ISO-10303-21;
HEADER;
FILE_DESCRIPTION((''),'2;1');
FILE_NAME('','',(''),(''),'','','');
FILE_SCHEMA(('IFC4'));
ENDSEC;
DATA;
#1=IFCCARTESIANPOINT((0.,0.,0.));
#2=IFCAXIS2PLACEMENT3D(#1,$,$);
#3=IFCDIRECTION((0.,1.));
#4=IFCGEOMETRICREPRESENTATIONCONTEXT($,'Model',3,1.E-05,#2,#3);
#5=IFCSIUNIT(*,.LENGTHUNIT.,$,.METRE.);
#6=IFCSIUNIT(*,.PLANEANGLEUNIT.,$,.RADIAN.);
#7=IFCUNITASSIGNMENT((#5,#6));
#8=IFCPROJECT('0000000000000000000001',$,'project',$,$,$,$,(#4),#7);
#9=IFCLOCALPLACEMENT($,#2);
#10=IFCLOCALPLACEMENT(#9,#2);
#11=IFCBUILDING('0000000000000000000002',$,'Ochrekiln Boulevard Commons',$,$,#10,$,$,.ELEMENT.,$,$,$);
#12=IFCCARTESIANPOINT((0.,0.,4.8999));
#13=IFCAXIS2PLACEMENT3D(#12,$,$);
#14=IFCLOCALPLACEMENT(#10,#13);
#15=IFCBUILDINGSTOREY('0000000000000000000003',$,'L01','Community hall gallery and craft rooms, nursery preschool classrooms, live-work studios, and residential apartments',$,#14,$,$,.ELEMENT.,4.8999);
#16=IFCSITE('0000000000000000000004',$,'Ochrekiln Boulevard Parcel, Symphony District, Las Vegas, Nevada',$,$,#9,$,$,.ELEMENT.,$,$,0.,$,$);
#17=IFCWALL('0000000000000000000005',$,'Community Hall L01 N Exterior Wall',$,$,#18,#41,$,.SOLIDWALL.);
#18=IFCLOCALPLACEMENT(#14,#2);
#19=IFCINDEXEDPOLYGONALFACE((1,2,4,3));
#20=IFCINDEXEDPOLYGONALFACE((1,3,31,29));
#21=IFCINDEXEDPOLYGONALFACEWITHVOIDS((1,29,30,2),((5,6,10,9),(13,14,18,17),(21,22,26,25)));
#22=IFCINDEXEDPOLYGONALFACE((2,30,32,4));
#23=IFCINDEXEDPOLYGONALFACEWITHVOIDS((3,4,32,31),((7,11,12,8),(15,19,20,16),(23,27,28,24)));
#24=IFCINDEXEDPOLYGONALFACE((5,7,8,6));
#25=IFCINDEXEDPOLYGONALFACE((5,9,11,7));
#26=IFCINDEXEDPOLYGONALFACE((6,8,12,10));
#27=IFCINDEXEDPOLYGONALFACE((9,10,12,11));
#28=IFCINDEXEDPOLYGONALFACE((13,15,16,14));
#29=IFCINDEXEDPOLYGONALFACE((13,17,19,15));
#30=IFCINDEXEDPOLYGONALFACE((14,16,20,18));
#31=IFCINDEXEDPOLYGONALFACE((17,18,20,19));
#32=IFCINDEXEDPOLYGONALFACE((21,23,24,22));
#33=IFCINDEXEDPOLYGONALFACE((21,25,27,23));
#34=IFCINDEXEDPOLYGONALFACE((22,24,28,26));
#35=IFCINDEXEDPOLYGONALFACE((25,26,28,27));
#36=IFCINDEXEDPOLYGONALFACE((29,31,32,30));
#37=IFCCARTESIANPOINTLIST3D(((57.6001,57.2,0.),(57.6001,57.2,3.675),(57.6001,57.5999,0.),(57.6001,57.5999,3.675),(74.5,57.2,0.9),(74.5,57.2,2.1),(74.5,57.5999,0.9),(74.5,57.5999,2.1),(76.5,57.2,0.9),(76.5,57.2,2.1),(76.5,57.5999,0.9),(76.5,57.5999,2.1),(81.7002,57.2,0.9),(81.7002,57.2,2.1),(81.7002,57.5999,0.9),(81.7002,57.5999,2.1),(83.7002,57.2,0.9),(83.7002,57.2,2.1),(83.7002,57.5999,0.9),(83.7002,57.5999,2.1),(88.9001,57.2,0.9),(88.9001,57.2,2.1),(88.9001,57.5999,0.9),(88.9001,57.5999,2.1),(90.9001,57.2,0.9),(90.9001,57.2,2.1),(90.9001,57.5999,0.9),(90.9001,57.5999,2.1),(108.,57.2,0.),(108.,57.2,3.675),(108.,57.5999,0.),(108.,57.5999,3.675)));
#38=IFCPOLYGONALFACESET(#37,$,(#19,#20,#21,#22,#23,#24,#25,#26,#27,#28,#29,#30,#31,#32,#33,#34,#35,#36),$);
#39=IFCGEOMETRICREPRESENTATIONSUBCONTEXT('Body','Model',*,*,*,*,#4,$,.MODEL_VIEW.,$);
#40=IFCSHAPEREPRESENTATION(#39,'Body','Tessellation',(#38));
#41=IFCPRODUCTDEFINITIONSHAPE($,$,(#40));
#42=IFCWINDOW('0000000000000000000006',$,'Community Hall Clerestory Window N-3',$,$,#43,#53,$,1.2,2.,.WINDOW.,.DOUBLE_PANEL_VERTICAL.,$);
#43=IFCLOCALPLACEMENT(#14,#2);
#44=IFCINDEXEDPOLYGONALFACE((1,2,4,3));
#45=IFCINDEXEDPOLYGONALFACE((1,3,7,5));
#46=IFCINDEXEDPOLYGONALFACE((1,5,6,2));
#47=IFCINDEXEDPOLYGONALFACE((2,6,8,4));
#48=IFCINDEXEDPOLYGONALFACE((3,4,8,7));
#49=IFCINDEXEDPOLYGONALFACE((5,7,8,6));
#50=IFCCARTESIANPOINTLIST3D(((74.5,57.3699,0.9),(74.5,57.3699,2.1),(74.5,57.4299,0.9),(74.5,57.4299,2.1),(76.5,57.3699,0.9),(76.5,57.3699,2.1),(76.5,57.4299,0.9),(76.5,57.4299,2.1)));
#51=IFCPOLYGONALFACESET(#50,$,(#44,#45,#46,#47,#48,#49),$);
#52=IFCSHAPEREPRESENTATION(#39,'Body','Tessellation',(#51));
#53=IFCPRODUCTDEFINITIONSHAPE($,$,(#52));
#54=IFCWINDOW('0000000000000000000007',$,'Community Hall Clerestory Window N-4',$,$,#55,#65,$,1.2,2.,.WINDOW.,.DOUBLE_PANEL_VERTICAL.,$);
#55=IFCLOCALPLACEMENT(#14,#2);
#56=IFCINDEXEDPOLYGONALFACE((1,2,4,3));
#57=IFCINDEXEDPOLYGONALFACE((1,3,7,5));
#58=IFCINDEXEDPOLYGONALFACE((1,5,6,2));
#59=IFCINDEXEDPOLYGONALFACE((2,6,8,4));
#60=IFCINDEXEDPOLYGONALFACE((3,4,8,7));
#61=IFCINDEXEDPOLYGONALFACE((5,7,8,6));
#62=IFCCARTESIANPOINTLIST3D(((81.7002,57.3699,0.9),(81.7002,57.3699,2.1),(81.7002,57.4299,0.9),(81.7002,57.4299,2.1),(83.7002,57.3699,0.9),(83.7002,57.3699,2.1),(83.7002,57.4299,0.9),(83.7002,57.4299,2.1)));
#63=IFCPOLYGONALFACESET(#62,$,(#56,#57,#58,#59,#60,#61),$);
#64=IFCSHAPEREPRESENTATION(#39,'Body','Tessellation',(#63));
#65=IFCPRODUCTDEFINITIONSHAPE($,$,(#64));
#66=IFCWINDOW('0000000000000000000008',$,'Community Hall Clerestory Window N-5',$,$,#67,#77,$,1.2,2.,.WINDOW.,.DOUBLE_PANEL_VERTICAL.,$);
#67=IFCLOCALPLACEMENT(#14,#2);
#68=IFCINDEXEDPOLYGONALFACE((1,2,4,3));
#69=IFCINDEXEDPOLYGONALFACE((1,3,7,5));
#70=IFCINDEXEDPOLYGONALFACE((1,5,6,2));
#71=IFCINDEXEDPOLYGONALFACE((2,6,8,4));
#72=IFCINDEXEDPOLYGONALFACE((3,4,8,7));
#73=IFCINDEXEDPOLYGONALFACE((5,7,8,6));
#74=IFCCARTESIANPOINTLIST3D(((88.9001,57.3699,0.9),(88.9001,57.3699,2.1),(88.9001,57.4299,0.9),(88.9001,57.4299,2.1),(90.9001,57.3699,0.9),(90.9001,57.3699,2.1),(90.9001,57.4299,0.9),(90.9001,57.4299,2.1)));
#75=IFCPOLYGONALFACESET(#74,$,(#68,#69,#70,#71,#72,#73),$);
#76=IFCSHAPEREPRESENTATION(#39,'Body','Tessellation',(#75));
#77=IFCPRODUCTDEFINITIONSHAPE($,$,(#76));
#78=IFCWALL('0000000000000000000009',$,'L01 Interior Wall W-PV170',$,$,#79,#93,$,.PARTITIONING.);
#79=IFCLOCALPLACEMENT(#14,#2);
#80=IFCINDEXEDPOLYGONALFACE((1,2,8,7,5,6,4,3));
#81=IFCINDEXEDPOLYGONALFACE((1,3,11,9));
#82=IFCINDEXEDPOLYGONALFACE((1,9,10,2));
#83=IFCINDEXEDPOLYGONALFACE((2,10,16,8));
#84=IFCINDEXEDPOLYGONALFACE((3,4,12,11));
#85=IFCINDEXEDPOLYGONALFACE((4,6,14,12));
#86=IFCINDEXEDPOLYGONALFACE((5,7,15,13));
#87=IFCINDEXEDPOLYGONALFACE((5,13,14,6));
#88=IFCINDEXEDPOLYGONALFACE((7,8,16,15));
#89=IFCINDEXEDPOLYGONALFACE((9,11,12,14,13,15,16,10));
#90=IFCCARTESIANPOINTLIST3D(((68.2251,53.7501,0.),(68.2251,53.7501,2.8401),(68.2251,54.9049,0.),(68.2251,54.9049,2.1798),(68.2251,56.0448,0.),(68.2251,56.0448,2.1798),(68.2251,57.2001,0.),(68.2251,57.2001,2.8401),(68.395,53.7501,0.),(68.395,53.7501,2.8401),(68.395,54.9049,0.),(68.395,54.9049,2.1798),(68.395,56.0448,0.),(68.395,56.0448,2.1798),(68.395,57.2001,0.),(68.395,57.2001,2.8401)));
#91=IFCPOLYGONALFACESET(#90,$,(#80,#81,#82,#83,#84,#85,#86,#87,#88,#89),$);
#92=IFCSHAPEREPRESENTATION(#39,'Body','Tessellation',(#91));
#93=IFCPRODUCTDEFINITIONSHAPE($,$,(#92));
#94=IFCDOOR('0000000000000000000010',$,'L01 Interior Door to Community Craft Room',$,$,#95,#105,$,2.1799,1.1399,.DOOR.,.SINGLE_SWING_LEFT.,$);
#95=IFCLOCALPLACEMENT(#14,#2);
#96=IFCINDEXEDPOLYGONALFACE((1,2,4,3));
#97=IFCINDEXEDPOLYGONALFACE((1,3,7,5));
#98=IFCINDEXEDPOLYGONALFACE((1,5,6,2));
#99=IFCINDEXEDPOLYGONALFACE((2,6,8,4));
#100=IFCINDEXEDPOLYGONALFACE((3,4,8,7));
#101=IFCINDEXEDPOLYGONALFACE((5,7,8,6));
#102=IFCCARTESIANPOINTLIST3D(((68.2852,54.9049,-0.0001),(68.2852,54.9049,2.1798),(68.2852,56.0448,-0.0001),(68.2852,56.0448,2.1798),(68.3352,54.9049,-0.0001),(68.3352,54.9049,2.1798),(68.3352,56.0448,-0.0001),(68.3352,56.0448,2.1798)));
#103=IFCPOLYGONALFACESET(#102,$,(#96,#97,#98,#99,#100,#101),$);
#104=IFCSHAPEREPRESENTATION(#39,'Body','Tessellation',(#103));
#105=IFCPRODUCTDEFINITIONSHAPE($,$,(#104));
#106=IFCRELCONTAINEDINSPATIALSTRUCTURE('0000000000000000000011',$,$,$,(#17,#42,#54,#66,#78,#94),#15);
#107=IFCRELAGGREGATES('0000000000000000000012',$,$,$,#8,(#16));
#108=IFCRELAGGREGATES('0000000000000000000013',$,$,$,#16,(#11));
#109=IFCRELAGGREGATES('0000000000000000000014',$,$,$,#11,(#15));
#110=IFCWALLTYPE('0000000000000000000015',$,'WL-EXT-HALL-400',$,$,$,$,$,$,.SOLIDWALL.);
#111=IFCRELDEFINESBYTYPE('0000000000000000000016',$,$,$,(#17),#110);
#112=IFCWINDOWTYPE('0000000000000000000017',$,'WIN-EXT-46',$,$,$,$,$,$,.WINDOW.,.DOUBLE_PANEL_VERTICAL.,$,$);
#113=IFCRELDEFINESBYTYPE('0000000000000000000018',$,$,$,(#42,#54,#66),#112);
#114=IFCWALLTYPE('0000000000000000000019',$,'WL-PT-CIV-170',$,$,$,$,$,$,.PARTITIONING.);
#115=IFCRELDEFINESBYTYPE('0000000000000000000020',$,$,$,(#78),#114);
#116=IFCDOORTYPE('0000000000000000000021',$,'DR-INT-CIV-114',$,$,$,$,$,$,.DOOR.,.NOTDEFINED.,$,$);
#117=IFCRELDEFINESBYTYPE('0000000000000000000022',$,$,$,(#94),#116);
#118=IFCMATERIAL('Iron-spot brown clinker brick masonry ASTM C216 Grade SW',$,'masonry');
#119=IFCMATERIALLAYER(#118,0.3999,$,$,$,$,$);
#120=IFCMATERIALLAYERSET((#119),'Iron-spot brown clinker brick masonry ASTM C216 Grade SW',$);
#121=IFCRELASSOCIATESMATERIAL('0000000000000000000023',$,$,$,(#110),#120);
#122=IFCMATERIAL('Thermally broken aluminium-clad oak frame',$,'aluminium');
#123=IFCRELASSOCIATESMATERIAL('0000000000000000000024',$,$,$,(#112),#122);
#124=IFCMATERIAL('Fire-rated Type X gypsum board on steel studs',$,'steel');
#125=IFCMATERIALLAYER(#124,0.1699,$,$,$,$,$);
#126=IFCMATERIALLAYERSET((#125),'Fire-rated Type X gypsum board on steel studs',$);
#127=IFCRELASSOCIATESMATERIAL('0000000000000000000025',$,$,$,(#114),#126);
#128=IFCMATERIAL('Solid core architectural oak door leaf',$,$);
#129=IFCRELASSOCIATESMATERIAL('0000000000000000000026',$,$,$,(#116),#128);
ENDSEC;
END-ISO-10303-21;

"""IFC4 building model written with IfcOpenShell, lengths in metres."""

from ifc_helpers import new_model, si_unit, direction, frame, frame_2d, origin, place, context, subcontext, project, spatial, rectangle, extrude, material, layer, layer_set, type_object, element, fill, save


model = new_model("IFC4")

# Units and contexts
model_context = context("Model", 3, precision=1e-05, world=origin(), true_north=direction((0.0, 1.0)))
body_context = subcontext(model_context, "Body", "Model", "MODEL_VIEW")
ifc_project = project(units=[si_unit("LENGTHUNIT", "METRE"), si_unit("PLANEANGLEUNIT", "RADIAN")], contexts=[model_context])

# Site, building, storey
site_placement = place(None, origin())
site = spatial("IfcSite", under=ifc_project, at=site_placement, Name="Ochrekiln Boulevard Parcel, Symphony District, Las Vegas, Nevada", CompositionType="ELEMENT", RefElevation=0.0)
building_placement = place(site_placement, origin())
building = spatial("IfcBuilding", under=site, at=building_placement, Name="Ochrekiln Boulevard Commons", CompositionType="ELEMENT")
storey_placement = place(building_placement, frame((0.0, 0.0, 4.8999)))
storey = spatial("IfcBuildingStorey", under=building, at=storey_placement, Name="L01", Description="Community hall gallery and craft rooms, nursery preschool classrooms, live-work studios, and residential apartments", CompositionType="ELEMENT", Elevation=4.8999)

# Wall, openings, windows
ifc_material_1 = material(Name="Iron-spot brown clinker brick masonry ASTM C216 Grade SW", Category="masonry")
ifc_layer_1 = layer(ifc_material_1, 0.3999)
ifc_layer_set_1 = layer_set([ifc_layer_1], Name="Iron-spot brown clinker brick masonry ASTM C216 Grade SW")
wall_type_1 = type_object("IfcWallType", Name="WL-EXT-HALL-400", PredefinedType="SOLIDWALL", material=ifc_layer_set_1)
wall_1_placement = place(storey_placement, frame((57.6001, 57.3999, 0.0), z_axis=(0.0, 0.0, 1.0), x_axis=(1.0, 0.0, 0.0)))
wall_1 = element("IfcWall", 1, at=wall_1_placement, inside=storey, type_object=wall_type_1, Name="Community Hall L01 N Exterior Wall", PredefinedType="SOLIDWALL", context=body_context, shape_type="SweptSolid", body=[
    extrude(rectangle(XDim=50.3999, YDim=0.3999, at=frame_2d((25.2, 0.0))), origin(), (0.0, 0.0, 1.0), 3.675),
])
opening_1_placement = place(wall_1_placement, frame((16.8999, 0.0, 0.8999)))
opening_1 = element("IfcOpeningElement", 2, at=opening_1_placement, cuts=wall_1, PredefinedType="OPENING", context=body_context, shape_type="SweptSolid", body=[
    extrude(rectangle(XDim=2.0, YDim=1.2, at=frame_2d((1.0, 0.6001))), frame((0.0, 0.21, 0.0), z_axis=(0.0, -1.0, 0.0), x_axis=(1.0, 0.0, 0.0)), (0.0, 0.0, 1.0), 0.4199),
])
opening_2_placement = place(wall_1_placement, frame((24.1001, 0.0, 0.8999)))
opening_2 = element("IfcOpeningElement", 3, at=opening_2_placement, cuts=wall_1, PredefinedType="OPENING", context=body_context, shape_type="SweptSolid", body=[
    extrude(rectangle(XDim=2.0, YDim=1.2, at=frame_2d((1.0, 0.6001))), frame((0.0, 0.21, 0.0), z_axis=(0.0, -1.0, 0.0), x_axis=(1.0, 0.0, 0.0)), (0.0, 0.0, 1.0), 0.4199),
])
opening_3_placement = place(wall_1_placement, frame((31.3, 0.0, 0.8999)))
opening_3 = element("IfcOpeningElement", 4, at=opening_3_placement, cuts=wall_1, PredefinedType="OPENING", context=body_context, shape_type="SweptSolid", body=[
    extrude(rectangle(XDim=2.0, YDim=1.2, at=frame_2d((1.0, 0.6001))), frame((0.0, 0.21, 0.0), z_axis=(0.0, -1.0, 0.0), x_axis=(1.0, 0.0, 0.0)), (0.0, 0.0, 1.0), 0.4199),
])
ifc_material_2 = material(Name="Thermally broken aluminium-clad oak frame", Category="aluminium")
window_type = type_object("IfcWindowType", Name="WIN-EXT-46", PartitioningType="DOUBLE_PANEL_VERTICAL", PredefinedType="WINDOW", material=ifc_material_2)
window_1_placement = place(opening_1_placement, origin())
window_1 = element("IfcWindow", 5, at=window_1_placement, inside=storey, type_object=window_type, Name="Community Hall Clerestory Window N-3", OverallHeight=1.2, OverallWidth=2.0, PartitioningType="DOUBLE_PANEL_VERTICAL", PredefinedType="WINDOW", context=body_context, shape_type="SweptSolid", body=[
    extrude(rectangle(XDim=2.0, YDim=1.2, at=frame_2d((1.0, 0.6001))), frame((0.0, 0.03, 0.0), z_axis=(0.0, -1.0, 0.0), x_axis=(1.0, 0.0, 0.0)), (0.0, 0.0, 1.0), 0.0601),
])
fill(opening_1, window_1)
window_2_placement = place(opening_2_placement, origin())
window_2 = element("IfcWindow", 6, at=window_2_placement, inside=storey, type_object=window_type, Name="Community Hall Clerestory Window N-4", OverallHeight=1.2, OverallWidth=2.0, PartitioningType="DOUBLE_PANEL_VERTICAL", PredefinedType="WINDOW", context=body_context, shape_type="SweptSolid", body=[
    extrude(rectangle(XDim=2.0, YDim=1.2, at=frame_2d((1.0, 0.6001))), frame((0.0, 0.03, 0.0), z_axis=(0.0, -1.0, 0.0), x_axis=(1.0, 0.0, 0.0)), (0.0, 0.0, 1.0), 0.0601),
])
fill(opening_2, window_2)
window_3_placement = place(opening_3_placement, origin())
window_3 = element("IfcWindow", 7, at=window_3_placement, inside=storey, type_object=window_type, Name="Community Hall Clerestory Window N-5", OverallHeight=1.2, OverallWidth=2.0, PartitioningType="DOUBLE_PANEL_VERTICAL", PredefinedType="WINDOW", context=body_context, shape_type="SweptSolid", body=[
    extrude(rectangle(XDim=2.0, YDim=1.2, at=frame_2d((1.0, 0.6001))), frame((0.0, 0.03, 0.0), z_axis=(0.0, -1.0, 0.0), x_axis=(1.0, 0.0, 0.0)), (0.0, 0.0, 1.0), 0.0601),
])
fill(opening_3, window_3)

# Wall, opening, door
ifc_material_3 = material(Name="Fire-rated Type X gypsum board on steel studs", Category="steel")
ifc_layer_2 = layer(ifc_material_3, 0.1699)
ifc_layer_set_2 = layer_set([ifc_layer_2], Name="Fire-rated Type X gypsum board on steel studs")
wall_type_2 = type_object("IfcWallType", Name="WL-PT-CIV-170", PredefinedType="PARTITIONING", material=ifc_layer_set_2)
wall_2_placement = place(storey_placement, frame((68.3101, 53.75, 0.0), z_axis=(0.0, 0.0, 1.0), x_axis=(0.0, 1.0, 0.0)))
wall_2 = element("IfcWall", 8, at=wall_2_placement, inside=storey, type_object=wall_type_2, Name="L01 Interior Wall W-PV170", PredefinedType="PARTITIONING", context=body_context, shape_type="SweptSolid", body=[
    extrude(rectangle(XDim=3.45, YDim=0.1699, at=frame_2d((1.7251, 0.0))), origin(), (0.0, 0.0, 1.0), 2.8401),
])
opening_4_placement = place(wall_2_placement, frame((1.155, 0.0, 0.0)))
opening_4 = element("IfcOpeningElement", 9, at=opening_4_placement, cuts=wall_2, PredefinedType="OPENING", context=body_context, shape_type="SweptSolid", body=[
    extrude(rectangle(XDim=1.1399, YDim=2.1799, at=frame_2d((0.5698, 1.0898))), frame((0.0, 0.095, 0.0), z_axis=(0.0, -1.0, 0.0), x_axis=(1.0, 0.0, 0.0)), (0.0, 0.0, 1.0), 0.1899),
])
ifc_material_4 = material(Name="Solid core architectural oak door leaf")
door_type = type_object("IfcDoorType", Name="DR-INT-CIV-114", OperationType="NOTDEFINED", PredefinedType="DOOR", material=ifc_material_4)
door_placement = place(opening_4_placement, origin())
door = element("IfcDoor", 10, at=door_placement, inside=storey, type_object=door_type, Name="L01 Interior Door to Community Craft Room", OperationType="SINGLE_SWING_LEFT", OverallHeight=2.1799, OverallWidth=1.1399, PredefinedType="DOOR", context=body_context, shape_type="SweptSolid", body=[
    extrude(rectangle(XDim=1.1399, YDim=2.1799, at=frame_2d((0.5698, 1.0898))), frame((0.0, 0.0249, 0.0), z_axis=(0.0, -1.0, 0.0), x_axis=(1.0, 0.0, 0.0)), (0.0, 0.0, 1.0), 0.05),
])
fill(opening_4, door)

save(model, "model.ifc")
